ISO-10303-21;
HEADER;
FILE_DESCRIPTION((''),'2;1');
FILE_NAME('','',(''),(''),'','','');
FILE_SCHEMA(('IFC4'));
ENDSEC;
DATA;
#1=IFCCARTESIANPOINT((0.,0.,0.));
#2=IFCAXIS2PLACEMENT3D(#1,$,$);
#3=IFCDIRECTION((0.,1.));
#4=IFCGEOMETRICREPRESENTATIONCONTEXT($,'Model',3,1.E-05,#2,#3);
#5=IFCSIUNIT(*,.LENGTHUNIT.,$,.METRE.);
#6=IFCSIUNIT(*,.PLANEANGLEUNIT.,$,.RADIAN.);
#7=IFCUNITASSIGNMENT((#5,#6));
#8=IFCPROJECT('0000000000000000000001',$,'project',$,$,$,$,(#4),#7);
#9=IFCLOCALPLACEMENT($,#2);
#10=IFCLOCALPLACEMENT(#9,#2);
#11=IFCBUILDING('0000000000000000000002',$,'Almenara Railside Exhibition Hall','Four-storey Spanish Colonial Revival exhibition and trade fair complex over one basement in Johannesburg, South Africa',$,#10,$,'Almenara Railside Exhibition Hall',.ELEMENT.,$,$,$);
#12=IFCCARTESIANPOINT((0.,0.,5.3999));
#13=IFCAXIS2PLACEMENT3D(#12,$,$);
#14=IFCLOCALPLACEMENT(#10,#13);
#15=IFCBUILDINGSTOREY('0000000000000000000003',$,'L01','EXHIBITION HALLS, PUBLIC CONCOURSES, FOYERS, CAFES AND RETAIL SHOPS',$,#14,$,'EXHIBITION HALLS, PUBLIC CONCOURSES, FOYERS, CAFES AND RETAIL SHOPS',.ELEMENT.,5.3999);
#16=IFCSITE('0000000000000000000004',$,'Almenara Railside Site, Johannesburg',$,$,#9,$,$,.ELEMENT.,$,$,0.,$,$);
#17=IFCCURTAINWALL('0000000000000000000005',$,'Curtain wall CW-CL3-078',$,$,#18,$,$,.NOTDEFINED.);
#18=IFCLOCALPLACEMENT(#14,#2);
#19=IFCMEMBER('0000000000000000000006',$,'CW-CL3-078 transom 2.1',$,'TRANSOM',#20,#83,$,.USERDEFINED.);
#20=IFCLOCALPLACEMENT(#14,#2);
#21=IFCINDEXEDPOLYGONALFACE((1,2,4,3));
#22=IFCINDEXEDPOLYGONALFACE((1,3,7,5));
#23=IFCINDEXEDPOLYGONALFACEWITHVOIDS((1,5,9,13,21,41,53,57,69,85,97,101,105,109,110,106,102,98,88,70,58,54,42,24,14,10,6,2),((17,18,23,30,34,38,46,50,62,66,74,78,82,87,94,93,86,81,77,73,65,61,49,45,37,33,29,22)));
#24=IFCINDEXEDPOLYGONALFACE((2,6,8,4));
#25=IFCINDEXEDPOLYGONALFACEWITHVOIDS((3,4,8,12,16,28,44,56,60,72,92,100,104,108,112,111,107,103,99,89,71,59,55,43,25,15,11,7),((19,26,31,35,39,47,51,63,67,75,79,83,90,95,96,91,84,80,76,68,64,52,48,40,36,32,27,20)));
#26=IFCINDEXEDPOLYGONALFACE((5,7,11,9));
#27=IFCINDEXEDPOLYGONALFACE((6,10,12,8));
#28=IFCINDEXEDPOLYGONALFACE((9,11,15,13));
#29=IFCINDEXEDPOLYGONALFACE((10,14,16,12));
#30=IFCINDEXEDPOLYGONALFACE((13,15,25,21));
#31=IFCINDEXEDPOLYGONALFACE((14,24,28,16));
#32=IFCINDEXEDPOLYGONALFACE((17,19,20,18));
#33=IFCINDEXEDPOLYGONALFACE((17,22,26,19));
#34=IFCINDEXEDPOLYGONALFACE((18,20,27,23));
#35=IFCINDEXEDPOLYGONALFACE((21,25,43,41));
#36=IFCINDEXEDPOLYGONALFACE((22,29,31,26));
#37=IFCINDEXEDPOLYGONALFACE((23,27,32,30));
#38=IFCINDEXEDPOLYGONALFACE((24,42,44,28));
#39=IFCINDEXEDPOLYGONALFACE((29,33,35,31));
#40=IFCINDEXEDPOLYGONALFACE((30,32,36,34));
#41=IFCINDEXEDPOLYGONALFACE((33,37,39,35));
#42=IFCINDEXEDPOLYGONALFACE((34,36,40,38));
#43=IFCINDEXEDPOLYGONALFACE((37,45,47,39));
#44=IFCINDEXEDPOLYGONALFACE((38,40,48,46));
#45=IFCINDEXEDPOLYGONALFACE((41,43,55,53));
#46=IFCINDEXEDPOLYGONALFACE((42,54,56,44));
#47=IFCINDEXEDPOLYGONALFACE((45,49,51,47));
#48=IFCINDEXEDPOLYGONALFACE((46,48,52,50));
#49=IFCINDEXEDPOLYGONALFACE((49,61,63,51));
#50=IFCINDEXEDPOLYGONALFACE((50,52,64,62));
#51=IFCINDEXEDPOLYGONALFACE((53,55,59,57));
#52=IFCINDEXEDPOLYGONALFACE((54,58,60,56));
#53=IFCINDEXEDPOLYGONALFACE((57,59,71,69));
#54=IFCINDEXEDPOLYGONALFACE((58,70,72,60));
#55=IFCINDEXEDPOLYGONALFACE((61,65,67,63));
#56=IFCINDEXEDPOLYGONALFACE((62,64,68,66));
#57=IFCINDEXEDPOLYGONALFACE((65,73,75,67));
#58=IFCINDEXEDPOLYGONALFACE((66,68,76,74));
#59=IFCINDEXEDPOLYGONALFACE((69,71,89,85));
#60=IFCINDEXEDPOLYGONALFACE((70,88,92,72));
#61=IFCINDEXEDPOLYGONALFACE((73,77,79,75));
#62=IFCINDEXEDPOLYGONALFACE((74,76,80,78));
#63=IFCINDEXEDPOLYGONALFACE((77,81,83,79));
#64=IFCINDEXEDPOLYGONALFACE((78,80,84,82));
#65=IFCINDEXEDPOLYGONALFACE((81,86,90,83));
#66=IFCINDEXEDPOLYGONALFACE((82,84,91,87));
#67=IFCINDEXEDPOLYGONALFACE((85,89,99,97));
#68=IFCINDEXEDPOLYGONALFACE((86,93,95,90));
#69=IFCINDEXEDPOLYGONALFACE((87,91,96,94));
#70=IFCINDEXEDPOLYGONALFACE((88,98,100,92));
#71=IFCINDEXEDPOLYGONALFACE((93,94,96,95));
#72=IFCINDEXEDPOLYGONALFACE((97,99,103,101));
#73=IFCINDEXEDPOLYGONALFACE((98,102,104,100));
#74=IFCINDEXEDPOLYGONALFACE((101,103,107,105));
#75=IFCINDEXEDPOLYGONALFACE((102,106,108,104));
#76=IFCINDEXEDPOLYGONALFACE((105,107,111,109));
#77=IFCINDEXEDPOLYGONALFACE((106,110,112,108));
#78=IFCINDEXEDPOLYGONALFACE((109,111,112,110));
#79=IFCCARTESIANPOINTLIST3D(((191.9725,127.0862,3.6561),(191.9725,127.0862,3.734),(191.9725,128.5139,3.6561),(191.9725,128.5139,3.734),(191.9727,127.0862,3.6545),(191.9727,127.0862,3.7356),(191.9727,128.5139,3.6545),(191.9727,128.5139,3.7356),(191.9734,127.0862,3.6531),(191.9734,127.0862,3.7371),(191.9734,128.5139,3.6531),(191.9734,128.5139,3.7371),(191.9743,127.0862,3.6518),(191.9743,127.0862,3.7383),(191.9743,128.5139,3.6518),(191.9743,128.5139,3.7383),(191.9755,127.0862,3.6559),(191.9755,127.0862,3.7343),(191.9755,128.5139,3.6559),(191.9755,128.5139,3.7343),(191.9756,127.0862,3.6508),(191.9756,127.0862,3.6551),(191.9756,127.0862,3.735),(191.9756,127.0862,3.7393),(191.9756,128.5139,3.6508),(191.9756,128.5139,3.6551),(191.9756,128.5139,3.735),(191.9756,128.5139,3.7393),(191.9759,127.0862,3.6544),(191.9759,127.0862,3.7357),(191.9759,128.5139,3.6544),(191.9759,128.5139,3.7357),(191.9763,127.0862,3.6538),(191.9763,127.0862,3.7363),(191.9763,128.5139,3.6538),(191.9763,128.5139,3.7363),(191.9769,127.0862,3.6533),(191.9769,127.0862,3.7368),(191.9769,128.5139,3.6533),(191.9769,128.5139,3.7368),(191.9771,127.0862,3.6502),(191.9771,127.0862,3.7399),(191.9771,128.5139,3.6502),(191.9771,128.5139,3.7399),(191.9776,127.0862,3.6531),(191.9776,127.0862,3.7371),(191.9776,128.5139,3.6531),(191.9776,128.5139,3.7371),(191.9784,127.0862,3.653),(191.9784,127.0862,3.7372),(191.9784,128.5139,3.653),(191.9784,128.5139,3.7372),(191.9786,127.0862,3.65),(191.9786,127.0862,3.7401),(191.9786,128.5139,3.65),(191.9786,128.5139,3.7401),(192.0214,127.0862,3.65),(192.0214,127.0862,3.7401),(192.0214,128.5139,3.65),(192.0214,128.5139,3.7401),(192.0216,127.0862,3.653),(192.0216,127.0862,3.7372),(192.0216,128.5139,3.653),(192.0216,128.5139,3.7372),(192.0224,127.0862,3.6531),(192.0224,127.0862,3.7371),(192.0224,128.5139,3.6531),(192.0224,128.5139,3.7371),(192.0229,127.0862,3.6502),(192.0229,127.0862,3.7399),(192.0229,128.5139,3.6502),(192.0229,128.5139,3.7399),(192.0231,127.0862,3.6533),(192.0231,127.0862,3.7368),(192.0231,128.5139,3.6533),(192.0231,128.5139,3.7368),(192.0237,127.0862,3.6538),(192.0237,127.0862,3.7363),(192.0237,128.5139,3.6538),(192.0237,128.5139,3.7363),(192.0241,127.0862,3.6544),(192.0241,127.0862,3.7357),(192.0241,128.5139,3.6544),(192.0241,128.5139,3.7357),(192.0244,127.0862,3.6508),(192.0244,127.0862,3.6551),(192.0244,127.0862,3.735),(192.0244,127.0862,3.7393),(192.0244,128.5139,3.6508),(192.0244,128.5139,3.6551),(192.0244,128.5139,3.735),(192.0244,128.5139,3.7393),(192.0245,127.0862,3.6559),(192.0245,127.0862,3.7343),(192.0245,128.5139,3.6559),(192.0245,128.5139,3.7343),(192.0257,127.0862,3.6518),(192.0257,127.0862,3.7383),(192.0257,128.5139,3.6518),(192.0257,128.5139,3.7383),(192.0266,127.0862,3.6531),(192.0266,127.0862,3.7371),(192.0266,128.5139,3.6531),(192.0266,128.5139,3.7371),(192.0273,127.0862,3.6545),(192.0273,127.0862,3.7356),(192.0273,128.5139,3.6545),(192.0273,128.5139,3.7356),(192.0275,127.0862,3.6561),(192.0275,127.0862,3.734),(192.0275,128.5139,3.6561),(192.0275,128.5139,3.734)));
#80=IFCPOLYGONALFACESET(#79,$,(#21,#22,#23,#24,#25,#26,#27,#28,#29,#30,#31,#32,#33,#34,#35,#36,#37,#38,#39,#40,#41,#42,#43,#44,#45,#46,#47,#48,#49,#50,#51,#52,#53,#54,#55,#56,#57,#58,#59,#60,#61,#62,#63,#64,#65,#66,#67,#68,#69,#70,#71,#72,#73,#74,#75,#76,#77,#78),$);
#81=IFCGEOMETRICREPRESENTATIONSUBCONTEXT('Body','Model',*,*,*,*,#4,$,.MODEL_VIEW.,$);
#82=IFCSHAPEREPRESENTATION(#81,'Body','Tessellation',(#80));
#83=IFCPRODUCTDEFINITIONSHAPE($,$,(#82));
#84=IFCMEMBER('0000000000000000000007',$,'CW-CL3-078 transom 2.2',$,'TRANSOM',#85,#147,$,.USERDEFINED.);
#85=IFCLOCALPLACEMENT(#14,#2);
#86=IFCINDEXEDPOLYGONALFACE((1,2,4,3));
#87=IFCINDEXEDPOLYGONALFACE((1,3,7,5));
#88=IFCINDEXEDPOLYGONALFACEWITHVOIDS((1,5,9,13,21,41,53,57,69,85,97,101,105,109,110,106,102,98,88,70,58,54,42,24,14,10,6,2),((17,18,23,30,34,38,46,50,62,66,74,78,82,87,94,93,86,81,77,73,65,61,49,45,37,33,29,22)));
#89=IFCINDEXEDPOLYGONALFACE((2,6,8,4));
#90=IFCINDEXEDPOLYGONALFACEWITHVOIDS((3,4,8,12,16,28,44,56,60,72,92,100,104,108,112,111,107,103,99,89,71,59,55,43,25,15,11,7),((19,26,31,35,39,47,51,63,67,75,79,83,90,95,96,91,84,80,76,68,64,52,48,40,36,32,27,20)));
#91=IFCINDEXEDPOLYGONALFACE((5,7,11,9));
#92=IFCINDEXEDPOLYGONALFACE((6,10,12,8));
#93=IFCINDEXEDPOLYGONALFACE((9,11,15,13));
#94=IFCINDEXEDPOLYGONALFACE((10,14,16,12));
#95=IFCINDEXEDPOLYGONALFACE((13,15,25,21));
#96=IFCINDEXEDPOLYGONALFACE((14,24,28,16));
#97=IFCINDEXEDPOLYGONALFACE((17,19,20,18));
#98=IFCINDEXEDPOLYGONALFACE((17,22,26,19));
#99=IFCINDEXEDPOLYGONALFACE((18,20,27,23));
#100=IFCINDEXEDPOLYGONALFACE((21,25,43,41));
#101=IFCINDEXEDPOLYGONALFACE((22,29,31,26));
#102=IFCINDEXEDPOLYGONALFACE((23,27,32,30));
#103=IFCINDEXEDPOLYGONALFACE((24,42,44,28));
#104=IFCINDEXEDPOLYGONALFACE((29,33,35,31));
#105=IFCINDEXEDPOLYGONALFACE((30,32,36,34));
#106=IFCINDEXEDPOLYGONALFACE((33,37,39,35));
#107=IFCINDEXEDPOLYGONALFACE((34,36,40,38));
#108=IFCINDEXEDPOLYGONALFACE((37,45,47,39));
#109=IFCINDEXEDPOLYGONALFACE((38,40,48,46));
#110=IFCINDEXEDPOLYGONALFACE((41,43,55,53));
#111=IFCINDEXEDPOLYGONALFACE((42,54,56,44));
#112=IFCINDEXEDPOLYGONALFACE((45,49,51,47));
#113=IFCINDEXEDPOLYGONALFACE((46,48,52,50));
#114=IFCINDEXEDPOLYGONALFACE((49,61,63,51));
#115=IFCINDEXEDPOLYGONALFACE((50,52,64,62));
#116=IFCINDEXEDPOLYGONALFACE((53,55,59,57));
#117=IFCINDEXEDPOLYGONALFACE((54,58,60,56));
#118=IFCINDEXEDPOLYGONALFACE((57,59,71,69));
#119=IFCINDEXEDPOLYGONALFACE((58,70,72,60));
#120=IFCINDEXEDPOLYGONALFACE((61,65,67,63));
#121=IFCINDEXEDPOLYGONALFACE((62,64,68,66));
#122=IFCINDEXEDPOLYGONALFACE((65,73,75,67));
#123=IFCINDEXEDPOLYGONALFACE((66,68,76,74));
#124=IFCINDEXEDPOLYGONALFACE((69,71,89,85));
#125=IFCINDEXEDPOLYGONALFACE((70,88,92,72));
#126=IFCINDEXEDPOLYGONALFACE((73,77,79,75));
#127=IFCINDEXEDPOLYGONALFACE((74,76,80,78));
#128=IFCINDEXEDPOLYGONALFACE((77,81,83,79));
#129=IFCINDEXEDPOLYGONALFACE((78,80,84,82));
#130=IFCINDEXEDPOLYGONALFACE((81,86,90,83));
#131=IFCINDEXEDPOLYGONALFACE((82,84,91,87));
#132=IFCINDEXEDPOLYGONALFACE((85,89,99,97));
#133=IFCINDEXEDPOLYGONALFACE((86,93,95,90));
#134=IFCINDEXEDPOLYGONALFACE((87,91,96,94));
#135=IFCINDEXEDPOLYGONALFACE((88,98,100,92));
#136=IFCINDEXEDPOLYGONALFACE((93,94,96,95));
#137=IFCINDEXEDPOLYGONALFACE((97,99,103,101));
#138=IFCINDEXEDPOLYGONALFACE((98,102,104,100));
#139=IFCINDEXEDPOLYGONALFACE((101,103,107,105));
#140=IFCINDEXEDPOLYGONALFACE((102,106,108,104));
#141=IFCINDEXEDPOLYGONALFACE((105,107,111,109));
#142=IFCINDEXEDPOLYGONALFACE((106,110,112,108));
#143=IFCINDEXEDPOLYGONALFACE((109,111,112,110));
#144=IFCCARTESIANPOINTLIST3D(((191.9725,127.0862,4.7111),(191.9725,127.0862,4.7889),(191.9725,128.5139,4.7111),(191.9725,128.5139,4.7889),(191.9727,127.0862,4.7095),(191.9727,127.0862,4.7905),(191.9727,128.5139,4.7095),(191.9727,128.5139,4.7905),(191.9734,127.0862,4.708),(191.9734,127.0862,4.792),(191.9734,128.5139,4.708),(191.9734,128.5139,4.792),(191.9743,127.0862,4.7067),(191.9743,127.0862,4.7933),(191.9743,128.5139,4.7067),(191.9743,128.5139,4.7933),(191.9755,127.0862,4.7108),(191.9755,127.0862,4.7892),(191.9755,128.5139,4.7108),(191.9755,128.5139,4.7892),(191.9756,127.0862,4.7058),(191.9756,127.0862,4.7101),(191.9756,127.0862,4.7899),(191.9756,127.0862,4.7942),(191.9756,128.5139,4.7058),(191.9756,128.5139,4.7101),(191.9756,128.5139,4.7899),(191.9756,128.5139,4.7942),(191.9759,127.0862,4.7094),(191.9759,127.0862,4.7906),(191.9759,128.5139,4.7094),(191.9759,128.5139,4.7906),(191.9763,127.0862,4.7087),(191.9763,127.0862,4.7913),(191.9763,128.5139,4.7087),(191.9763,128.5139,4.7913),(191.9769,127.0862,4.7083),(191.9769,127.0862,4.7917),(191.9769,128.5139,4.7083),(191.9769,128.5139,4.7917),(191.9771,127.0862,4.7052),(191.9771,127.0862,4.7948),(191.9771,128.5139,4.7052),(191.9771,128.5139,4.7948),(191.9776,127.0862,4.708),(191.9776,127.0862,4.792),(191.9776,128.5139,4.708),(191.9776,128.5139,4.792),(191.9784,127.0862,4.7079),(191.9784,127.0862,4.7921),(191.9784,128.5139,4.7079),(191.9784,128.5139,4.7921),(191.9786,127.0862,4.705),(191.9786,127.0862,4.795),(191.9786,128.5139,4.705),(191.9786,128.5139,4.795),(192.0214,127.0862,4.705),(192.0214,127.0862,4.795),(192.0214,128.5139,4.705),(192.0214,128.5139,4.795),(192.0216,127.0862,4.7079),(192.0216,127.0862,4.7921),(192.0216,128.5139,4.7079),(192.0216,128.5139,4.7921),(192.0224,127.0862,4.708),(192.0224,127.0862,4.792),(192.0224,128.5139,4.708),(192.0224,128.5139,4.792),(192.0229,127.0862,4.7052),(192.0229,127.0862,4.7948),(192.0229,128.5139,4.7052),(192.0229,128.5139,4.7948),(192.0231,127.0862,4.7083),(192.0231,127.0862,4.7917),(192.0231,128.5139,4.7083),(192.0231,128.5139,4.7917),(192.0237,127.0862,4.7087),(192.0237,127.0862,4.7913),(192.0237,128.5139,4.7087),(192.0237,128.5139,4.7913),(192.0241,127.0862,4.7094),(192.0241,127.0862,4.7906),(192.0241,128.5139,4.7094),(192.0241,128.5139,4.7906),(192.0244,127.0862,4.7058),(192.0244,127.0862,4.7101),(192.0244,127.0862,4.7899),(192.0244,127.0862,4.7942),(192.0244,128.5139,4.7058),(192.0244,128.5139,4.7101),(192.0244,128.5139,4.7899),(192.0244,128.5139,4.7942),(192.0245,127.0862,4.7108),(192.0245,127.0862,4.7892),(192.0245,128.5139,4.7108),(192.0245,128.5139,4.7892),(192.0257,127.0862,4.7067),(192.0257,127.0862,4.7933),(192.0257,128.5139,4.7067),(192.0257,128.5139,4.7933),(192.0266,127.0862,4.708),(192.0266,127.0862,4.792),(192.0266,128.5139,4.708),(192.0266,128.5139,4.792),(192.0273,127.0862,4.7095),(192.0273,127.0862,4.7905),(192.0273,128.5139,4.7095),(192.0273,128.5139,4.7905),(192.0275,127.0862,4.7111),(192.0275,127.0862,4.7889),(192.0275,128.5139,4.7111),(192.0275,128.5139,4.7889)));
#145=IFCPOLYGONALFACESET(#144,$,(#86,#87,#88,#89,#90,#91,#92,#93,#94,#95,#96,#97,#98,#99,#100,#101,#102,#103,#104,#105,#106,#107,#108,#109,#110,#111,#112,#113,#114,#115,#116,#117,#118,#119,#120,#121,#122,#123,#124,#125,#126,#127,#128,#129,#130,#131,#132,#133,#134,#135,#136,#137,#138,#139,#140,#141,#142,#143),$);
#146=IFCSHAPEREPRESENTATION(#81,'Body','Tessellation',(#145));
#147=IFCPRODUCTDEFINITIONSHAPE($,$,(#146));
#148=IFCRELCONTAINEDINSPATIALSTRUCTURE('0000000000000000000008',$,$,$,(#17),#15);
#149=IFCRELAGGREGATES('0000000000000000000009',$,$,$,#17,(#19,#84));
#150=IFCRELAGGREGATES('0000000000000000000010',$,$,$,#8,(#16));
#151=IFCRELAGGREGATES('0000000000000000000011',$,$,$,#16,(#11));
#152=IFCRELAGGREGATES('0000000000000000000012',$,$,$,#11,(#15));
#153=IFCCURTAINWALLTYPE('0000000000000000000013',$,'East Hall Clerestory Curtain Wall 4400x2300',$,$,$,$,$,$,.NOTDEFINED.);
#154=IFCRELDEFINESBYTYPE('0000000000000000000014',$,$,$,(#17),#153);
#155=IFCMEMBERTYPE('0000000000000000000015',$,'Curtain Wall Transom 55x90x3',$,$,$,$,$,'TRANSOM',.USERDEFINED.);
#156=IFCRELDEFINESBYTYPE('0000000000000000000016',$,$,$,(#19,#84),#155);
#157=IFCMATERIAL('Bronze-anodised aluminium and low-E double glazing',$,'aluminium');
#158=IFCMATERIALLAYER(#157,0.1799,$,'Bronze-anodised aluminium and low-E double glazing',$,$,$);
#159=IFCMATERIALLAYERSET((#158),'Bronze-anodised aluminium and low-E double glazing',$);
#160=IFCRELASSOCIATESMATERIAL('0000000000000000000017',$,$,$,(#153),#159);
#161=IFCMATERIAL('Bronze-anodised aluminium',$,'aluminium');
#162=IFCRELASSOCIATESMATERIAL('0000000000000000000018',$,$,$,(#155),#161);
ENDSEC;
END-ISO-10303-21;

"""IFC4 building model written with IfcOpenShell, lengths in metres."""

from ifc_helpers import new_model, si_unit, direction, frame, origin, origin_2d, place, context, subcontext, project, spatial, hollow_rectangle, extrude, material, layer, layer_set, material_profile, profile_set, type_object, element, aggregate, save


model = new_model("IFC4")

# Units and contexts
model_context = context("Model", 3, precision=1e-05, world=origin(), true_north=direction((0.0, 1.0)))
body_context = subcontext(model_context, "Body", "Model", "MODEL_VIEW")
ifc_project = project(units=[si_unit("LENGTHUNIT", "METRE"), si_unit("PLANEANGLEUNIT", "RADIAN")], contexts=[model_context])

# Site, building, storey
site_placement = place(None, origin())
site = spatial("IfcSite", under=ifc_project, at=site_placement, Name="Almenara Railside Site, Johannesburg", CompositionType="ELEMENT", RefElevation=0.0)
building_placement = place(site_placement, origin())
building = spatial("IfcBuilding", under=site, at=building_placement, Name="Almenara Railside Exhibition Hall", Description="Four-storey Spanish Colonial Revival exhibition and trade fair complex over one basement in Johannesburg, South Africa", LongName="Almenara Railside Exhibition Hall", CompositionType="ELEMENT")
storey_placement = place(building_placement, frame((0.0, 0.0, 5.3999)))
storey = spatial("IfcBuildingStorey", under=building, at=storey_placement, Name="L01", Description="EXHIBITION HALLS, PUBLIC CONCOURSES, FOYERS, CAFES AND RETAIL SHOPS", LongName="EXHIBITION HALLS, PUBLIC CONCOURSES, FOYERS, CAFES AND RETAIL SHOPS", CompositionType="ELEMENT", Elevation=5.3999)

# Curtain wall
ifc_material_1 = material(Name="Bronze-anodised aluminium and low-E double glazing", Category="aluminium")
ifc_layer_1 = layer(ifc_material_1, 0.1799, Name="Bronze-anodised aluminium and low-E double glazing")
ifc_layer_set_1 = layer_set([ifc_layer_1], Name="Bronze-anodised aluminium and low-E double glazing")
curtain_wall_type = type_object("IfcCurtainWallType", Name="East Hall Clerestory Curtain Wall 4400x2300", PredefinedType="NOTDEFINED", material=ifc_layer_set_1)
curtain_wall_1_placement = place(storey_placement, origin())
curtain_wall_1 = element("IfcCurtainWall", 1, at=curtain_wall_1_placement, inside=storey, type_object=curtain_wall_type, Name="Curtain wall CW-CL3-078", PredefinedType="NOTDEFINED")
ifc_material_2 = material(Name="Bronze-anodised aluminium", Category="aluminium")

# Members
ifc_material_profile_1 = material_profile(ifc_material_2, hollow_rectangle(XDim=0.0549, YDim=0.0901, WallThickness=0.0029, InnerFilletRadius=0.0029, OuterFilletRadius=0.0061, at=origin_2d()), Name="ALU-TRN 55x90x3")
ifc_profile_set_1 = profile_set([ifc_material_profile_1], Name="Bronze-anodised aluminium")
member_type_1 = type_object("IfcMemberType", Name="Curtain Wall Transom 55x90x3", ElementType="TRANSOM", PredefinedType="USERDEFINED", material=ifc_profile_set_1)
member_1_placement = place(storey_placement, frame((192.0, 127.0862, 3.6951), z_axis=(0.0, 1.0, 0.0), x_axis=(-1.0, 0.0, 0.0)))
member_1 = element("IfcMember", 2, at=member_1_placement, type_object=member_type_1, Name="CW-CL3-078 transom 2.1", ObjectType="TRANSOM", PredefinedType="USERDEFINED", context=body_context, shape_type="SweptSolid", body=[
    extrude(hollow_rectangle(XDim=0.0549, YDim=0.0901, WallThickness=0.0029, InnerFilletRadius=0.0029, OuterFilletRadius=0.0061, at=origin_2d()), origin(), (0.0, 0.0, 1.0), 1.4277),
])
member_2_placement = place(storey_placement, frame((192.0, 127.0862, 4.75), z_axis=(0.0, 1.0, 0.0), x_axis=(-1.0, 0.0, 0.0)))
member_2 = element("IfcMember", 3, at=member_2_placement, type_object=member_type_1, Name="CW-CL3-078 transom 2.2", ObjectType="TRANSOM", PredefinedType="USERDEFINED", context=body_context, shape_type="SweptSolid", body=[
    extrude(hollow_rectangle(XDim=0.0549, YDim=0.0901, WallThickness=0.0029, InnerFilletRadius=0.0029, OuterFilletRadius=0.0061, at=origin_2d()), origin(), (0.0, 0.0, 1.0), 1.4277),
])

aggregate(curtain_wall_1, [member_1, member_2])

save(model, "model.ifc")
